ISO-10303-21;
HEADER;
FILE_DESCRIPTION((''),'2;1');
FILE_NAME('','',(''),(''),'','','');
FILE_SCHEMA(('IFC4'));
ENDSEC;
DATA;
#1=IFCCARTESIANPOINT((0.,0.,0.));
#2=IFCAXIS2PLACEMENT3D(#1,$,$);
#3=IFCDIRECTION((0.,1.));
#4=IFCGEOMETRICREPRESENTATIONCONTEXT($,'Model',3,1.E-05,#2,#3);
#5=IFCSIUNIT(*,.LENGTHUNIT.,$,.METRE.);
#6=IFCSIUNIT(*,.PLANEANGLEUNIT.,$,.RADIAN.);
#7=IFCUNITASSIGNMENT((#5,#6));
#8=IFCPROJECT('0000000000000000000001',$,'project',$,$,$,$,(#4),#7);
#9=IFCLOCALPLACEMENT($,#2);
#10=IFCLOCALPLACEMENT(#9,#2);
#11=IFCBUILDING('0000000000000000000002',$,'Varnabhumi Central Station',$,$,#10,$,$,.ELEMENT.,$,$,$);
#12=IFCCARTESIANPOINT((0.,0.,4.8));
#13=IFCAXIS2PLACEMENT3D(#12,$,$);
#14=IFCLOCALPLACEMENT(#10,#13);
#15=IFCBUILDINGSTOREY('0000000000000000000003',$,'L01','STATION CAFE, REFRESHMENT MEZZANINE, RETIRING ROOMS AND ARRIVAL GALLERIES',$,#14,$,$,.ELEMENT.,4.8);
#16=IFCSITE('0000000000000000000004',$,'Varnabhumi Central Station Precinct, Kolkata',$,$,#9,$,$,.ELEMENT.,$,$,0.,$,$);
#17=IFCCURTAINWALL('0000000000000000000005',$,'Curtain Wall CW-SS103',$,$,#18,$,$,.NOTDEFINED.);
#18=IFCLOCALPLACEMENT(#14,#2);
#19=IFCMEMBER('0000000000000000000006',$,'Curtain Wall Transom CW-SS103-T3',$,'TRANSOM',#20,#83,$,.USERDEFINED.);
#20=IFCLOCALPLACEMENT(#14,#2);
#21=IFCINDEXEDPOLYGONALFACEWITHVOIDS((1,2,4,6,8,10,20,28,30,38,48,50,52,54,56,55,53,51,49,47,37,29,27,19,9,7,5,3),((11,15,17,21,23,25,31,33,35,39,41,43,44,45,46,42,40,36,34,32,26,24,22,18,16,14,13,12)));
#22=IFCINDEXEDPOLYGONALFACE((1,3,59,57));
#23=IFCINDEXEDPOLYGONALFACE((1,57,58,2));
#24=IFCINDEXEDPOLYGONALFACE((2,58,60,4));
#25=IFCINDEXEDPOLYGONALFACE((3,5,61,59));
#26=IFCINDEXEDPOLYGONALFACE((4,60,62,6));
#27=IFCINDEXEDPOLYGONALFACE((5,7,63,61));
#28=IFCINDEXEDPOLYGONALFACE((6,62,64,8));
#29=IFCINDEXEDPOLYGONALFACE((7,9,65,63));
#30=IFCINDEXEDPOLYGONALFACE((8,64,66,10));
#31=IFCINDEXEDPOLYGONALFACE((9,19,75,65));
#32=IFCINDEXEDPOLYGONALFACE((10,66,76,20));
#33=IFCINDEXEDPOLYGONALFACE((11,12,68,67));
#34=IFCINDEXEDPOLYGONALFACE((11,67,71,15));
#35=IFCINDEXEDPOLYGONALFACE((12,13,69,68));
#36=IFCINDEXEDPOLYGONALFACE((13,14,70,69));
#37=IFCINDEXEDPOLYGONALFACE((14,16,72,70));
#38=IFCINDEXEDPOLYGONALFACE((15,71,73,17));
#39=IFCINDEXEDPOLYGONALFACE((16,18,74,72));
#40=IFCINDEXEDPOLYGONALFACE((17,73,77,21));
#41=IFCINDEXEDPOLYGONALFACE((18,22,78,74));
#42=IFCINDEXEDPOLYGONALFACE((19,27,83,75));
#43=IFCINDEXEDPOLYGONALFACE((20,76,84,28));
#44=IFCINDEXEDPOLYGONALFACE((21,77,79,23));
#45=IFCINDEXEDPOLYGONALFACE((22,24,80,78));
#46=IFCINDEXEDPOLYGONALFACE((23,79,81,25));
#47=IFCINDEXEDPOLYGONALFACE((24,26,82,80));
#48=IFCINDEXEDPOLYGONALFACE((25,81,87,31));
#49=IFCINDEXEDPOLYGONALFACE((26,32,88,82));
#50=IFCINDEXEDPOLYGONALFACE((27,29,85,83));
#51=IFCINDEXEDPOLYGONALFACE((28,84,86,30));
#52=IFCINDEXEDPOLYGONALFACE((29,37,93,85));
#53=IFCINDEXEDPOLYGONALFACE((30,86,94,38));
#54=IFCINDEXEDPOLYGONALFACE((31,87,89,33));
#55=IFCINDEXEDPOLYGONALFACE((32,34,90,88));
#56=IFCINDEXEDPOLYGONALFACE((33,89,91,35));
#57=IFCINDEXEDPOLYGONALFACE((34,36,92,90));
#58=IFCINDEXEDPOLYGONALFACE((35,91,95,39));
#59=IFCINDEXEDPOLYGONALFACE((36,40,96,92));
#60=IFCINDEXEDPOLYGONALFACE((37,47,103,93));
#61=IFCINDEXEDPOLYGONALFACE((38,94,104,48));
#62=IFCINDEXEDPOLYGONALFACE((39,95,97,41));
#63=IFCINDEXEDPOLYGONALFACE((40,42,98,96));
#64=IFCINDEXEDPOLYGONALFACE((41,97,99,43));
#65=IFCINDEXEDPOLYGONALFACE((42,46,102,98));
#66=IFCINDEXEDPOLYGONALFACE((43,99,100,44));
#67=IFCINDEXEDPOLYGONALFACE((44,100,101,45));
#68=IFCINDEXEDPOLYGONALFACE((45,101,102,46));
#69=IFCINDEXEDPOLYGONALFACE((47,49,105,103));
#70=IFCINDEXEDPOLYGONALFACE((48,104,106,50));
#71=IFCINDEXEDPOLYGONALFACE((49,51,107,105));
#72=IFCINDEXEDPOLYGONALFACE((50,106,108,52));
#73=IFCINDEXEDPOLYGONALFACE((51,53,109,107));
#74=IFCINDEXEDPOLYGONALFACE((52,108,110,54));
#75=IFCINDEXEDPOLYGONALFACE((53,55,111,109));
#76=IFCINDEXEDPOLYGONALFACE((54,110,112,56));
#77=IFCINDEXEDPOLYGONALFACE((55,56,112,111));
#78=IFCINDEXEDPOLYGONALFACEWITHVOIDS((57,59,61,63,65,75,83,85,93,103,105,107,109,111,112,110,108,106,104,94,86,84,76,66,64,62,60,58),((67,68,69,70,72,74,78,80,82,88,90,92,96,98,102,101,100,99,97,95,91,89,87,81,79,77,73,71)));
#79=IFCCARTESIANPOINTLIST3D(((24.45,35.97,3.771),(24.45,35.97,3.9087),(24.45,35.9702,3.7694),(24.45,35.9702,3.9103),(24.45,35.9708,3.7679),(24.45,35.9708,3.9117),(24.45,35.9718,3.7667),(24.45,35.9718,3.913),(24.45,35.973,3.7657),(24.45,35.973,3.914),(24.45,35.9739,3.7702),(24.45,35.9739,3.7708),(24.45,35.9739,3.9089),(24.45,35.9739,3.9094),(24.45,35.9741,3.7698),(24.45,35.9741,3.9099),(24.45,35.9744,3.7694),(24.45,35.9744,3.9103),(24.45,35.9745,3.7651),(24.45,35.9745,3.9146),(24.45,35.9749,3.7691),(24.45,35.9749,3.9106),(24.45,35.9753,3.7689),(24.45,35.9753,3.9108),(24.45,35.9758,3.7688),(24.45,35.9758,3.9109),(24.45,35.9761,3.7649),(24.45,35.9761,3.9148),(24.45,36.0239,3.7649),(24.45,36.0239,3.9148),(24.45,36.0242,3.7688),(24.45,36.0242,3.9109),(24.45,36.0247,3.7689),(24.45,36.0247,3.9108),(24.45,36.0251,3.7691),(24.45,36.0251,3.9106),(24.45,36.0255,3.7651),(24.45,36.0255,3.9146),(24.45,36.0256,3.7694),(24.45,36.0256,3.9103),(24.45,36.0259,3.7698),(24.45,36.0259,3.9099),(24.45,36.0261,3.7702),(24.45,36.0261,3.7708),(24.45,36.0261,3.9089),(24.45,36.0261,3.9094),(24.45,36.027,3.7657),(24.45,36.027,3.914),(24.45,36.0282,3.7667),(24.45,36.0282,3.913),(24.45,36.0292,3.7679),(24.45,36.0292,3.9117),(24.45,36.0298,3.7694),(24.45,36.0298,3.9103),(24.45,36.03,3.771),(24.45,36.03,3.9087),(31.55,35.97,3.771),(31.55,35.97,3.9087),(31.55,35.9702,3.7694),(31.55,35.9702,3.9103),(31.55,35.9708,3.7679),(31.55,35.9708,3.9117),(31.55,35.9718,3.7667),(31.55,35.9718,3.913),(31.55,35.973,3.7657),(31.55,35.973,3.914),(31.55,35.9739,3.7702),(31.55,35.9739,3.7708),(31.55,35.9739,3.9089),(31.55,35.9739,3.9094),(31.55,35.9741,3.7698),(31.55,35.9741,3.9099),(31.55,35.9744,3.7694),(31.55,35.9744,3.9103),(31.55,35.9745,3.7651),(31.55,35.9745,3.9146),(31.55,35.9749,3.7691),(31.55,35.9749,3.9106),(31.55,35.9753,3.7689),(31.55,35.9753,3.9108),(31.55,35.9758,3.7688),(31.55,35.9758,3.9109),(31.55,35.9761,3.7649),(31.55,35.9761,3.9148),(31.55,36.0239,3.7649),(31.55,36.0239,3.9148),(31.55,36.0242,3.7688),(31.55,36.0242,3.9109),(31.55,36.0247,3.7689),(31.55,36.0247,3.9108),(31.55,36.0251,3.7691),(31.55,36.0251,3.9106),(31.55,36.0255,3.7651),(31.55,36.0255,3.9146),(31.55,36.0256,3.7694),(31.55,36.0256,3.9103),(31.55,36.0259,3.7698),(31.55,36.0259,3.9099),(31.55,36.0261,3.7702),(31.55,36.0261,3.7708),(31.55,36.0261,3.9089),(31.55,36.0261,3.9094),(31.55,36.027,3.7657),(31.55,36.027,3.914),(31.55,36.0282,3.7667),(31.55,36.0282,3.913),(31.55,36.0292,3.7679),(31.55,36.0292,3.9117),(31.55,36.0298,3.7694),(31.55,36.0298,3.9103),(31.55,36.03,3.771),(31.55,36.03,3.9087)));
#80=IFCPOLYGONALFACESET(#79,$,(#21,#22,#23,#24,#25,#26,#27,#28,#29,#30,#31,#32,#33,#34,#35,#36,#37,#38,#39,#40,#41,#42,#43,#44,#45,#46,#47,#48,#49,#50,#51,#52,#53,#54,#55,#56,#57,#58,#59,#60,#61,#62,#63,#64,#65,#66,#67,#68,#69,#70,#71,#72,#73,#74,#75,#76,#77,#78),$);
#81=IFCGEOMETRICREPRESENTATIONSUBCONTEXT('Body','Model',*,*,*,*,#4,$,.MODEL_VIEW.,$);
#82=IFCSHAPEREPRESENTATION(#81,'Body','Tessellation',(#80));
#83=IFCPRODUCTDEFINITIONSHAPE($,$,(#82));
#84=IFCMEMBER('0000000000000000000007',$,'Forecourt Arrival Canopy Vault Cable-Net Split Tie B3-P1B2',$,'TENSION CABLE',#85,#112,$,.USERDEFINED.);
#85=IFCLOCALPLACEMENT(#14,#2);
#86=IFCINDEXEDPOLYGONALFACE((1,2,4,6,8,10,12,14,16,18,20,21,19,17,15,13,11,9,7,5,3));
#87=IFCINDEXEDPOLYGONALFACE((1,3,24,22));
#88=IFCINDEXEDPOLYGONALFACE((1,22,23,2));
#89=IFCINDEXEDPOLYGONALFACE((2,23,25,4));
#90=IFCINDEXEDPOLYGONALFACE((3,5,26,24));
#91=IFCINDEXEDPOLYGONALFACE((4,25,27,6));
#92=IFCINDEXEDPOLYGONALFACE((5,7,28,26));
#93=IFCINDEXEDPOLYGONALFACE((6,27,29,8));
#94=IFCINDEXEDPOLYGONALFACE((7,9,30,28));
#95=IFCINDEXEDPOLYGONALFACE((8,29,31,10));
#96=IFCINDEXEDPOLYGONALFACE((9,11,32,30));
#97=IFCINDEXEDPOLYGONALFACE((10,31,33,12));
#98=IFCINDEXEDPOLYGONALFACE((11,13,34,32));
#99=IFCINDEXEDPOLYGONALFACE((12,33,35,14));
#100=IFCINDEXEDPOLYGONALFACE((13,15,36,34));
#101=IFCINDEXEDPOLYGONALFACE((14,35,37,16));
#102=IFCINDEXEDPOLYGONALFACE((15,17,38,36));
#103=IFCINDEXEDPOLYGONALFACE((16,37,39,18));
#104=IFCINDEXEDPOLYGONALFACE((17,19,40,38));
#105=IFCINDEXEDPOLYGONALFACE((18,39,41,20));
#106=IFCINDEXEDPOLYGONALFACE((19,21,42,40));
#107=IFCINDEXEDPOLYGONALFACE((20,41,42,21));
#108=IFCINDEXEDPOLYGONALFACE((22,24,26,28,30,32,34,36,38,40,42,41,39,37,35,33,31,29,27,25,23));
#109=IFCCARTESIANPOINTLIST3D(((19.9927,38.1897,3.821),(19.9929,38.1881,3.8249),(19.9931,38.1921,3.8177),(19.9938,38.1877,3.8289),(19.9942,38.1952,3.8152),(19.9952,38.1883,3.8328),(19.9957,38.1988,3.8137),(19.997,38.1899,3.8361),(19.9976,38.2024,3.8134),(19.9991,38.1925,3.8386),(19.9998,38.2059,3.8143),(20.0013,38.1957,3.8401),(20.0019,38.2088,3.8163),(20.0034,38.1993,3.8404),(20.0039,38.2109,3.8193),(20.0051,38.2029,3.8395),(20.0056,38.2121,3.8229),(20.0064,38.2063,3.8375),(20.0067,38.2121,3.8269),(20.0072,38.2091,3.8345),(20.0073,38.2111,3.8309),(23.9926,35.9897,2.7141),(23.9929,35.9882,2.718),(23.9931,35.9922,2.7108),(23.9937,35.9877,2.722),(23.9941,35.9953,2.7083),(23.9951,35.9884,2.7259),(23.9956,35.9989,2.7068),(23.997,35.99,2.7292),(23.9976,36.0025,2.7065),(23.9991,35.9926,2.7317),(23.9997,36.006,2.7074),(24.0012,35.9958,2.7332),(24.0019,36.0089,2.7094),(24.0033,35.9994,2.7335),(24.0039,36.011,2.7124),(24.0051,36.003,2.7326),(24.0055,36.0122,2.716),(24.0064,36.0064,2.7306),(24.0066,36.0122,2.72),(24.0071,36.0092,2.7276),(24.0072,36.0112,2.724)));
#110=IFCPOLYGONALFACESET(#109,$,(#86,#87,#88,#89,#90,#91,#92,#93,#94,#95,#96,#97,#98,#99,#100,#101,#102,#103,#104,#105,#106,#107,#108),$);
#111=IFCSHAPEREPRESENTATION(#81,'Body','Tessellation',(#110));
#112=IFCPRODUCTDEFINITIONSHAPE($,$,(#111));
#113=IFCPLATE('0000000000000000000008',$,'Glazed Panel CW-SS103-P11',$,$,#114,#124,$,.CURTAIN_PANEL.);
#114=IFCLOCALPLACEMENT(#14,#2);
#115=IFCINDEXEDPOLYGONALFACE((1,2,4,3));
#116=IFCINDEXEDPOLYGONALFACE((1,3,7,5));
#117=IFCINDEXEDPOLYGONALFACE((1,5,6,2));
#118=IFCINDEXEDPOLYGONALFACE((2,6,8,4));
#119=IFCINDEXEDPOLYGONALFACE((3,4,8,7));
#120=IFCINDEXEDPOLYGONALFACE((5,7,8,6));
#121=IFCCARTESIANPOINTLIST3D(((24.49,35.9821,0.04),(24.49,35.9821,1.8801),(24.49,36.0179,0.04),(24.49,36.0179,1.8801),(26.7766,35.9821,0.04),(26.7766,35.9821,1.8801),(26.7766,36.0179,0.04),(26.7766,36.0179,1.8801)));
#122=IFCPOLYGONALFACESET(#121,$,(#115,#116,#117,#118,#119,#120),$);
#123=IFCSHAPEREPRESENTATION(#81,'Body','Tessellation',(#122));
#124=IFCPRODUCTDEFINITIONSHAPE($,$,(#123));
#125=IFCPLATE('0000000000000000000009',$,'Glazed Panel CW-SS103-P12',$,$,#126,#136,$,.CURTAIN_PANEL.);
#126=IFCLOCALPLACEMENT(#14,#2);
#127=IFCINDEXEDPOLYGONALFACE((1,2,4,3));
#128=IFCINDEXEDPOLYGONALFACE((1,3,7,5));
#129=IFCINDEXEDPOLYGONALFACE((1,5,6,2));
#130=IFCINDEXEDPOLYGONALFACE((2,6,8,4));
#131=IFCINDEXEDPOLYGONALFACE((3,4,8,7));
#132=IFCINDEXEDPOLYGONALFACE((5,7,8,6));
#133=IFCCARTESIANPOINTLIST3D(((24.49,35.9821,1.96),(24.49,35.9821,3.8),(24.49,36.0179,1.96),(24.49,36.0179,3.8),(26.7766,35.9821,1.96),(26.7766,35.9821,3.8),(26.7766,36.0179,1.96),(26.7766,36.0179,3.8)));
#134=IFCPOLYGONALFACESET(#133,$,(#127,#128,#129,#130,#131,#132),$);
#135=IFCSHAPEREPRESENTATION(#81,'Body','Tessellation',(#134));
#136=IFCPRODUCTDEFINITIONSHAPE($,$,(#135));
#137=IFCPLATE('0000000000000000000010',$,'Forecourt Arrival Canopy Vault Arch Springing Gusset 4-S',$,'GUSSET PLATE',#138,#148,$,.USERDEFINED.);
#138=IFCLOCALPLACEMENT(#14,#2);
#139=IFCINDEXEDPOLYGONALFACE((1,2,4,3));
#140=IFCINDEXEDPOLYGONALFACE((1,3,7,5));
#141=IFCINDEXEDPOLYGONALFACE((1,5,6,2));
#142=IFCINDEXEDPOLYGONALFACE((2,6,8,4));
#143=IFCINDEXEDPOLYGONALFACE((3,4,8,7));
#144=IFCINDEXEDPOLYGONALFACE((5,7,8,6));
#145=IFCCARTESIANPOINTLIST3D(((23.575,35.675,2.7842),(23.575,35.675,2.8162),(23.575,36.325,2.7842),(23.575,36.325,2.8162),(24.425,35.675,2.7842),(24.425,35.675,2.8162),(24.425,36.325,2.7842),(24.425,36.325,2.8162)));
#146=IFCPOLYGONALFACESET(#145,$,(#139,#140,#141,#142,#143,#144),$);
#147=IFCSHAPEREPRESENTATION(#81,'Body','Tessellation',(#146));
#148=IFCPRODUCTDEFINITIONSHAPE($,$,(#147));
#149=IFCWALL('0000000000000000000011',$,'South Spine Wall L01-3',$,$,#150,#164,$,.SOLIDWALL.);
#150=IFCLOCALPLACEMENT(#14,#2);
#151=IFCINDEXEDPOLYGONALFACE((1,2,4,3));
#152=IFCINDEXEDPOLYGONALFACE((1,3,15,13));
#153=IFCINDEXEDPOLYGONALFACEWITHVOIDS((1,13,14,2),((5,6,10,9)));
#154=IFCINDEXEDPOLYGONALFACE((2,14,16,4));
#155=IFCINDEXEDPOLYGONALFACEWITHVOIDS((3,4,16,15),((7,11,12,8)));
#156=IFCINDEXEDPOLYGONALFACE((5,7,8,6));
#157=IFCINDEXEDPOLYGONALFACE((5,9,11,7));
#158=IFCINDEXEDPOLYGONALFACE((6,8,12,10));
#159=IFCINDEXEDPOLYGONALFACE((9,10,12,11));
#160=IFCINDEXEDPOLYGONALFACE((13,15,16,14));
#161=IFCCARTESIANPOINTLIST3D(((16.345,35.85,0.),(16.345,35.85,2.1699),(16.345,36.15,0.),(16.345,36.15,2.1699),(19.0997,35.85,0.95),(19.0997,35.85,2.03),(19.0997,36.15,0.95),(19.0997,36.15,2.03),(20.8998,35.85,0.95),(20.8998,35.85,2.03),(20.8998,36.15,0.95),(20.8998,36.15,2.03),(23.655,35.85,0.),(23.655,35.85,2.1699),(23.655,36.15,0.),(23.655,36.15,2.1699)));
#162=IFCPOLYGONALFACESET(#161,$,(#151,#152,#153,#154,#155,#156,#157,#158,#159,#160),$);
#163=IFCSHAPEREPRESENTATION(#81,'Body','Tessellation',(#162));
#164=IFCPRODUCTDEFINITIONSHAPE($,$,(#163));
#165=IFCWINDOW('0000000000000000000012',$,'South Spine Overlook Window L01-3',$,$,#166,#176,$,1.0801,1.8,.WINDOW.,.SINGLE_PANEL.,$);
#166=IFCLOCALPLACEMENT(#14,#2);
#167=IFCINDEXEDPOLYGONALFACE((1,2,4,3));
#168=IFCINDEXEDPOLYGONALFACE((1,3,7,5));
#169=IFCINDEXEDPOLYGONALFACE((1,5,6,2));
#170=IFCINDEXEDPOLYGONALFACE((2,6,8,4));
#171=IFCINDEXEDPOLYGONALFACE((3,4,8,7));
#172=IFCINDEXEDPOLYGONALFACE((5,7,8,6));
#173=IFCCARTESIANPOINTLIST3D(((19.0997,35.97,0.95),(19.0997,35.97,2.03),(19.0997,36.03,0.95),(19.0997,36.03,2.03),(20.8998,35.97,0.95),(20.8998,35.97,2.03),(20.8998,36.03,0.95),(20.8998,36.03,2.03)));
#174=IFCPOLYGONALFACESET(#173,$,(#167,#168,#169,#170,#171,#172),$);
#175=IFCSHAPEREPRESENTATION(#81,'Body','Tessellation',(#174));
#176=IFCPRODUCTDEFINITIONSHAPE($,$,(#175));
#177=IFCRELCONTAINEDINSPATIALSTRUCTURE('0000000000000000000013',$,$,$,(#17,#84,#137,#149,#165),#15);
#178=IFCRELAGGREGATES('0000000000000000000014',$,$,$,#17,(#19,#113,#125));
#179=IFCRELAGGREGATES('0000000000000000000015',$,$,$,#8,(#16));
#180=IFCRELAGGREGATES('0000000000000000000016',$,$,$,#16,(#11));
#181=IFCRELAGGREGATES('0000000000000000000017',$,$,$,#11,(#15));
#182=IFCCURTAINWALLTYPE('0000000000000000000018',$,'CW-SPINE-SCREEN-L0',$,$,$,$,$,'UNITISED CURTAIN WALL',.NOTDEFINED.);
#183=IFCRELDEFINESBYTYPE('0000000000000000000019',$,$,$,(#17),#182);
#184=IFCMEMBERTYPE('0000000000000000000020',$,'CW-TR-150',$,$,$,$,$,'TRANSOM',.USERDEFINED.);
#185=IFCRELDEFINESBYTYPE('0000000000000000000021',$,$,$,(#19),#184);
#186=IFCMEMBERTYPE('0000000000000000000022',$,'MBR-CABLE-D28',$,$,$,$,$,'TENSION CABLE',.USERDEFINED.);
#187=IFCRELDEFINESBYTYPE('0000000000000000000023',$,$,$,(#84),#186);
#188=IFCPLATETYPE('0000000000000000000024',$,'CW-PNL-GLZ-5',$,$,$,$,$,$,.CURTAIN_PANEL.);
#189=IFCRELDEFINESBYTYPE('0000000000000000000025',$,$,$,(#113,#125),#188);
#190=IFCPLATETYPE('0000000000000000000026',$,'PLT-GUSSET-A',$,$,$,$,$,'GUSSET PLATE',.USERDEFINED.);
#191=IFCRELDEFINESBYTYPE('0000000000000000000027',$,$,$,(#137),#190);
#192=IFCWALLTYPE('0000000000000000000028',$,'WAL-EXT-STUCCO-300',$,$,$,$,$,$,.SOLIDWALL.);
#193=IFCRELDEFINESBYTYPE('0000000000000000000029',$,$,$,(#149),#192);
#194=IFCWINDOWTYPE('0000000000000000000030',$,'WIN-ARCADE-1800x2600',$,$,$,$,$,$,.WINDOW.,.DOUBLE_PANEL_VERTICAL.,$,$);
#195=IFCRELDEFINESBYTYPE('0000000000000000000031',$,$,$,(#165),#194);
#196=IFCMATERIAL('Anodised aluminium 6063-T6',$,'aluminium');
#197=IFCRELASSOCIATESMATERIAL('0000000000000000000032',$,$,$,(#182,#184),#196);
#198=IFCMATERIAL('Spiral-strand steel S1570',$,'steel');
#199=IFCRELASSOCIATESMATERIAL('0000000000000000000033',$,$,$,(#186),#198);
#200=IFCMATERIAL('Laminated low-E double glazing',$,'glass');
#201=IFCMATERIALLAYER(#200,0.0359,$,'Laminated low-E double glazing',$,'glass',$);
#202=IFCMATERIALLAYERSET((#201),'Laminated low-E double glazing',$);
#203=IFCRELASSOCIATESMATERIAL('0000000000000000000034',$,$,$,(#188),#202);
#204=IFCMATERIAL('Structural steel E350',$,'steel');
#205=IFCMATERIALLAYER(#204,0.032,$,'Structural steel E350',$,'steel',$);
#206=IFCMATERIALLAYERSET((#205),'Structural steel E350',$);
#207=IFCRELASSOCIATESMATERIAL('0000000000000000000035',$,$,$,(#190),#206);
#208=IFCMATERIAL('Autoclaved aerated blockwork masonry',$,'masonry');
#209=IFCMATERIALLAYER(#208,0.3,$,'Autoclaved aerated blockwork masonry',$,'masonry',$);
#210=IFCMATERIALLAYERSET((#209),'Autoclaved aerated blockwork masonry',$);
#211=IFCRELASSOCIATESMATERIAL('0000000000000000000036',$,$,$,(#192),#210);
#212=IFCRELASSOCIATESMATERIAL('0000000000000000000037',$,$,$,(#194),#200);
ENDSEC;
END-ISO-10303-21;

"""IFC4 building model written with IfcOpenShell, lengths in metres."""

from ifc_helpers import new_model, si_unit, direction, frame, frame_2d, origin, origin_2d, place, context, subcontext, project, spatial, rectangle, hollow_rectangle, circle, extrude, material, layer, layer_set, material_profile, profile_set, type_object, element, fill, aggregate, save


model = new_model("IFC4")

# Units and contexts
model_context = context("Model", 3, precision=1e-05, world=origin(), true_north=direction((0.0, 1.0)))
body_context = subcontext(model_context, "Body", "Model", "MODEL_VIEW")
ifc_project = project(units=[si_unit("LENGTHUNIT", "METRE"), si_unit("PLANEANGLEUNIT", "RADIAN")], contexts=[model_context])

# Site, building, storey
site_placement = place(None, origin())
site = spatial("IfcSite", under=ifc_project, at=site_placement, Name="Varnabhumi Central Station Precinct, Kolkata", CompositionType="ELEMENT", RefElevation=0.0)
building_placement = place(site_placement, origin())
building = spatial("IfcBuilding", under=site, at=building_placement, Name="Varnabhumi Central Station", CompositionType="ELEMENT")
storey_placement = place(building_placement, frame((0.0, 0.0, 4.8)))
storey = spatial("IfcBuildingStorey", under=building, at=storey_placement, Name="L01", Description="STATION CAFE, REFRESHMENT MEZZANINE, RETIRING ROOMS AND ARRIVAL GALLERIES", CompositionType="ELEMENT", Elevation=4.8)

# Shared definitions
ifc_material_1 = material(Name="Structural steel E350", Category="steel")

# Curtain wall, member
ifc_material_2 = material(Name="Anodised aluminium 6063-T6", Category="aluminium")
curtain_wall_type = type_object("IfcCurtainWallType", Name="CW-SPINE-SCREEN-L0", ElementType="UNITISED CURTAIN WALL", PredefinedType="NOTDEFINED", material=ifc_material_2)
curtain_wall_placement = place(storey_placement, origin())
curtain_wall = element("IfcCurtainWall", 1, at=curtain_wall_placement, inside=storey, type_object=curtain_wall_type, Name="Curtain Wall CW-SS103", PredefinedType="NOTDEFINED")
ifc_material_profile_1 = material_profile(ifc_material_2, hollow_rectangle(XDim=0.0601, YDim=0.1499, WallThickness=0.0039, InnerFilletRadius=0.002, OuterFilletRadius=0.0061, at=origin_2d()), Name="Anodised aluminium 6063-T6", Category="aluminium")
ifc_profile_set_1 = profile_set([ifc_material_profile_1], Name="Anodised aluminium 6063-T6")
member_type_1 = type_object("IfcMemberType", Name="CW-TR-150", ElementType="TRANSOM", PredefinedType="USERDEFINED", material=ifc_profile_set_1)
member_1_placement = place(storey_placement, frame((24.45, 36.0, 3.8398), z_axis=(1.0, 0.0, 0.0), x_axis=(0.0, 1.0, 0.0)))
member_1 = element("IfcMember", 2, at=member_1_placement, type_object=member_type_1, Name="Curtain Wall Transom CW-SS103-T3", ObjectType="TRANSOM", PredefinedType="USERDEFINED", context=body_context, shape_type="SweptSolid", body=[
    extrude(hollow_rectangle(XDim=0.0601, YDim=0.1499, WallThickness=0.0039, InnerFilletRadius=0.002, OuterFilletRadius=0.0061, at=origin_2d()), origin(), (0.0, 0.0, 1.0), 7.1001),
])

# Member
ifc_material_3 = material(Name="Spiral-strand steel S1570", Category="steel")
ifc_material_profile_2 = material_profile(ifc_material_3, circle(Radius=0.0139, at=origin_2d()), Name="Spiral-strand steel S1570", Category="steel")
ifc_profile_set_2 = profile_set([ifc_material_profile_2], Name="Spiral-strand steel S1570")
member_type_2 = type_object("IfcMemberType", Name="MBR-CABLE-D28", ElementType="TENSION CABLE", PredefinedType="USERDEFINED", material=ifc_profile_set_2)
member_2_placement = place(storey_placement, frame((20.0, 38.2, 3.8269), z_axis=(0.851544, -0.468339, -0.235651), x_axis=(0.481911, 0.87622, 0.0)))
element("IfcMember", 3, at=member_2_placement, inside=storey, type_object=member_type_2, Name="Forecourt Arrival Canopy Vault Cable-Net Split Tie B3-P1B2", ObjectType="TENSION CABLE", PredefinedType="USERDEFINED", context=body_context, shape_type="SweptSolid", body=[
    extrude(circle(Radius=0.0139, at=origin_2d()), origin(), (0.0, 0.0, 1.0), 4.6973),
])

# Plates
ifc_material_4 = material(Name="Laminated low-E double glazing", Category="glass")
ifc_layer_1 = layer(ifc_material_4, 0.0359, Name="Laminated low-E double glazing", Category="glass")
ifc_layer_set_1 = layer_set([ifc_layer_1], Name="Laminated low-E double glazing")
plate_type_1 = type_object("IfcPlateType", Name="CW-PNL-GLZ-5", PredefinedType="CURTAIN_PANEL", material=ifc_layer_set_1)
plate_1_placement = place(storey_placement, frame((25.6333, 36.0, 0.04), z_axis=(0.0, 0.0, 1.0), x_axis=(1.0, 0.0, 0.0)))
plate_1 = element("IfcPlate", 4, at=plate_1_placement, type_object=plate_type_1, Name="Glazed Panel CW-SS103-P11", PredefinedType="CURTAIN_PANEL", context=body_context, shape_type="SweptSolid", body=[
    extrude(rectangle(XDim=2.2866, YDim=0.0359, at=origin_2d()), origin(), (0.0, 0.0, 1.0), 1.8401),
])
plate_2_placement = place(storey_placement, frame((25.6333, 36.0, 1.96), z_axis=(0.0, 0.0, 1.0), x_axis=(1.0, 0.0, 0.0)))
plate_2 = element("IfcPlate", 5, at=plate_2_placement, type_object=plate_type_1, Name="Glazed Panel CW-SS103-P12", PredefinedType="CURTAIN_PANEL", context=body_context, shape_type="SweptSolid", body=[
    extrude(rectangle(XDim=2.2866, YDim=0.0359, at=origin_2d()), origin(), (0.0, 0.0, 1.0), 1.8401),
])
aggregate(curtain_wall, [member_1, plate_1, plate_2])
ifc_layer_2 = layer(ifc_material_1, 0.032, Name="Structural steel E350", Category="steel")
ifc_layer_set_2 = layer_set([ifc_layer_2], Name="Structural steel E350")
plate_type_2 = type_object("IfcPlateType", Name="PLT-GUSSET-A", ElementType="GUSSET PLATE", PredefinedType="USERDEFINED", material=ifc_layer_set_2)
plate_3_placement = place(storey_placement, frame((24.0, 36.0, 2.7842), z_axis=(0.0, 0.0, 1.0), x_axis=(1.0, 0.0, 0.0)))
element("IfcPlate", 6, at=plate_3_placement, inside=storey, type_object=plate_type_2, Name="Forecourt Arrival Canopy Vault Arch Springing Gusset 4-S", ObjectType="GUSSET PLATE", PredefinedType="USERDEFINED", context=body_context, shape_type="SweptSolid", body=[
    extrude(rectangle(XDim=0.8501, YDim=0.6499, at=origin_2d()), origin(), (0.0, 0.0, 1.0), 0.032),
])

# Wall, opening, window
ifc_material_5 = material(Name="Autoclaved aerated blockwork masonry", Category="masonry")
ifc_layer_3 = layer(ifc_material_5, 0.3, Name="Autoclaved aerated blockwork masonry", Category="masonry")
ifc_layer_set_3 = layer_set([ifc_layer_3], Name="Autoclaved aerated blockwork masonry")
wall_type = type_object("IfcWallType", Name="WAL-EXT-STUCCO-300", PredefinedType="SOLIDWALL", material=ifc_layer_set_3)
wall_placement = place(storey_placement, frame((16.345, 36.0, 0.0), z_axis=(0.0, 0.0, 1.0), x_axis=(1.0, 0.0, 0.0)))
wall = element("IfcWall", 7, at=wall_placement, inside=storey, type_object=wall_type, Name="South Spine Wall L01-3", PredefinedType="SOLIDWALL", context=body_context, shape_type="SweptSolid", body=[
    extrude(rectangle(XDim=7.3101, YDim=0.3, at=frame_2d((3.655, 0.0))), origin(), (0.0, 0.0, 1.0), 2.1699),
])
opening_placement = place(wall_placement, frame((2.7549, 0.0, 0.95)))
opening = element("IfcOpeningElement", 8, at=opening_placement, cuts=wall, PredefinedType="OPENING", context=body_context, shape_type="SweptSolid", body=[
    extrude(rectangle(XDim=1.8, YDim=1.0801, at=frame_2d((0.8999, 0.54))), frame((0.0, 0.1599, 0.0), z_axis=(0.0, -1.0, 0.0), x_axis=(1.0, 0.0, 0.0)), (0.0, 0.0, 1.0), 0.3201),
])
window_type = type_object("IfcWindowType", Name="WIN-ARCADE-1800x2600", PartitioningType="DOUBLE_PANEL_VERTICAL", PredefinedType="WINDOW", material=ifc_material_4)
window_placement = place(opening_placement, origin())
window = element("IfcWindow", 9, at=window_placement, inside=storey, type_object=window_type, Name="South Spine Overlook Window L01-3", OverallHeight=1.0801, OverallWidth=1.8, PartitioningType="SINGLE_PANEL", PredefinedType="WINDOW", context=body_context, shape_type="SweptSolid", body=[
    extrude(rectangle(XDim=1.8, YDim=1.0801, at=frame_2d((0.8999, 0.54))), frame((0.0, 0.03, 0.0), z_axis=(0.0, -1.0, 0.0), x_axis=(1.0, 0.0, 0.0)), (0.0, 0.0, 1.0), 0.0601),
])
fill(opening, window)

save(model, "model.ifc")
